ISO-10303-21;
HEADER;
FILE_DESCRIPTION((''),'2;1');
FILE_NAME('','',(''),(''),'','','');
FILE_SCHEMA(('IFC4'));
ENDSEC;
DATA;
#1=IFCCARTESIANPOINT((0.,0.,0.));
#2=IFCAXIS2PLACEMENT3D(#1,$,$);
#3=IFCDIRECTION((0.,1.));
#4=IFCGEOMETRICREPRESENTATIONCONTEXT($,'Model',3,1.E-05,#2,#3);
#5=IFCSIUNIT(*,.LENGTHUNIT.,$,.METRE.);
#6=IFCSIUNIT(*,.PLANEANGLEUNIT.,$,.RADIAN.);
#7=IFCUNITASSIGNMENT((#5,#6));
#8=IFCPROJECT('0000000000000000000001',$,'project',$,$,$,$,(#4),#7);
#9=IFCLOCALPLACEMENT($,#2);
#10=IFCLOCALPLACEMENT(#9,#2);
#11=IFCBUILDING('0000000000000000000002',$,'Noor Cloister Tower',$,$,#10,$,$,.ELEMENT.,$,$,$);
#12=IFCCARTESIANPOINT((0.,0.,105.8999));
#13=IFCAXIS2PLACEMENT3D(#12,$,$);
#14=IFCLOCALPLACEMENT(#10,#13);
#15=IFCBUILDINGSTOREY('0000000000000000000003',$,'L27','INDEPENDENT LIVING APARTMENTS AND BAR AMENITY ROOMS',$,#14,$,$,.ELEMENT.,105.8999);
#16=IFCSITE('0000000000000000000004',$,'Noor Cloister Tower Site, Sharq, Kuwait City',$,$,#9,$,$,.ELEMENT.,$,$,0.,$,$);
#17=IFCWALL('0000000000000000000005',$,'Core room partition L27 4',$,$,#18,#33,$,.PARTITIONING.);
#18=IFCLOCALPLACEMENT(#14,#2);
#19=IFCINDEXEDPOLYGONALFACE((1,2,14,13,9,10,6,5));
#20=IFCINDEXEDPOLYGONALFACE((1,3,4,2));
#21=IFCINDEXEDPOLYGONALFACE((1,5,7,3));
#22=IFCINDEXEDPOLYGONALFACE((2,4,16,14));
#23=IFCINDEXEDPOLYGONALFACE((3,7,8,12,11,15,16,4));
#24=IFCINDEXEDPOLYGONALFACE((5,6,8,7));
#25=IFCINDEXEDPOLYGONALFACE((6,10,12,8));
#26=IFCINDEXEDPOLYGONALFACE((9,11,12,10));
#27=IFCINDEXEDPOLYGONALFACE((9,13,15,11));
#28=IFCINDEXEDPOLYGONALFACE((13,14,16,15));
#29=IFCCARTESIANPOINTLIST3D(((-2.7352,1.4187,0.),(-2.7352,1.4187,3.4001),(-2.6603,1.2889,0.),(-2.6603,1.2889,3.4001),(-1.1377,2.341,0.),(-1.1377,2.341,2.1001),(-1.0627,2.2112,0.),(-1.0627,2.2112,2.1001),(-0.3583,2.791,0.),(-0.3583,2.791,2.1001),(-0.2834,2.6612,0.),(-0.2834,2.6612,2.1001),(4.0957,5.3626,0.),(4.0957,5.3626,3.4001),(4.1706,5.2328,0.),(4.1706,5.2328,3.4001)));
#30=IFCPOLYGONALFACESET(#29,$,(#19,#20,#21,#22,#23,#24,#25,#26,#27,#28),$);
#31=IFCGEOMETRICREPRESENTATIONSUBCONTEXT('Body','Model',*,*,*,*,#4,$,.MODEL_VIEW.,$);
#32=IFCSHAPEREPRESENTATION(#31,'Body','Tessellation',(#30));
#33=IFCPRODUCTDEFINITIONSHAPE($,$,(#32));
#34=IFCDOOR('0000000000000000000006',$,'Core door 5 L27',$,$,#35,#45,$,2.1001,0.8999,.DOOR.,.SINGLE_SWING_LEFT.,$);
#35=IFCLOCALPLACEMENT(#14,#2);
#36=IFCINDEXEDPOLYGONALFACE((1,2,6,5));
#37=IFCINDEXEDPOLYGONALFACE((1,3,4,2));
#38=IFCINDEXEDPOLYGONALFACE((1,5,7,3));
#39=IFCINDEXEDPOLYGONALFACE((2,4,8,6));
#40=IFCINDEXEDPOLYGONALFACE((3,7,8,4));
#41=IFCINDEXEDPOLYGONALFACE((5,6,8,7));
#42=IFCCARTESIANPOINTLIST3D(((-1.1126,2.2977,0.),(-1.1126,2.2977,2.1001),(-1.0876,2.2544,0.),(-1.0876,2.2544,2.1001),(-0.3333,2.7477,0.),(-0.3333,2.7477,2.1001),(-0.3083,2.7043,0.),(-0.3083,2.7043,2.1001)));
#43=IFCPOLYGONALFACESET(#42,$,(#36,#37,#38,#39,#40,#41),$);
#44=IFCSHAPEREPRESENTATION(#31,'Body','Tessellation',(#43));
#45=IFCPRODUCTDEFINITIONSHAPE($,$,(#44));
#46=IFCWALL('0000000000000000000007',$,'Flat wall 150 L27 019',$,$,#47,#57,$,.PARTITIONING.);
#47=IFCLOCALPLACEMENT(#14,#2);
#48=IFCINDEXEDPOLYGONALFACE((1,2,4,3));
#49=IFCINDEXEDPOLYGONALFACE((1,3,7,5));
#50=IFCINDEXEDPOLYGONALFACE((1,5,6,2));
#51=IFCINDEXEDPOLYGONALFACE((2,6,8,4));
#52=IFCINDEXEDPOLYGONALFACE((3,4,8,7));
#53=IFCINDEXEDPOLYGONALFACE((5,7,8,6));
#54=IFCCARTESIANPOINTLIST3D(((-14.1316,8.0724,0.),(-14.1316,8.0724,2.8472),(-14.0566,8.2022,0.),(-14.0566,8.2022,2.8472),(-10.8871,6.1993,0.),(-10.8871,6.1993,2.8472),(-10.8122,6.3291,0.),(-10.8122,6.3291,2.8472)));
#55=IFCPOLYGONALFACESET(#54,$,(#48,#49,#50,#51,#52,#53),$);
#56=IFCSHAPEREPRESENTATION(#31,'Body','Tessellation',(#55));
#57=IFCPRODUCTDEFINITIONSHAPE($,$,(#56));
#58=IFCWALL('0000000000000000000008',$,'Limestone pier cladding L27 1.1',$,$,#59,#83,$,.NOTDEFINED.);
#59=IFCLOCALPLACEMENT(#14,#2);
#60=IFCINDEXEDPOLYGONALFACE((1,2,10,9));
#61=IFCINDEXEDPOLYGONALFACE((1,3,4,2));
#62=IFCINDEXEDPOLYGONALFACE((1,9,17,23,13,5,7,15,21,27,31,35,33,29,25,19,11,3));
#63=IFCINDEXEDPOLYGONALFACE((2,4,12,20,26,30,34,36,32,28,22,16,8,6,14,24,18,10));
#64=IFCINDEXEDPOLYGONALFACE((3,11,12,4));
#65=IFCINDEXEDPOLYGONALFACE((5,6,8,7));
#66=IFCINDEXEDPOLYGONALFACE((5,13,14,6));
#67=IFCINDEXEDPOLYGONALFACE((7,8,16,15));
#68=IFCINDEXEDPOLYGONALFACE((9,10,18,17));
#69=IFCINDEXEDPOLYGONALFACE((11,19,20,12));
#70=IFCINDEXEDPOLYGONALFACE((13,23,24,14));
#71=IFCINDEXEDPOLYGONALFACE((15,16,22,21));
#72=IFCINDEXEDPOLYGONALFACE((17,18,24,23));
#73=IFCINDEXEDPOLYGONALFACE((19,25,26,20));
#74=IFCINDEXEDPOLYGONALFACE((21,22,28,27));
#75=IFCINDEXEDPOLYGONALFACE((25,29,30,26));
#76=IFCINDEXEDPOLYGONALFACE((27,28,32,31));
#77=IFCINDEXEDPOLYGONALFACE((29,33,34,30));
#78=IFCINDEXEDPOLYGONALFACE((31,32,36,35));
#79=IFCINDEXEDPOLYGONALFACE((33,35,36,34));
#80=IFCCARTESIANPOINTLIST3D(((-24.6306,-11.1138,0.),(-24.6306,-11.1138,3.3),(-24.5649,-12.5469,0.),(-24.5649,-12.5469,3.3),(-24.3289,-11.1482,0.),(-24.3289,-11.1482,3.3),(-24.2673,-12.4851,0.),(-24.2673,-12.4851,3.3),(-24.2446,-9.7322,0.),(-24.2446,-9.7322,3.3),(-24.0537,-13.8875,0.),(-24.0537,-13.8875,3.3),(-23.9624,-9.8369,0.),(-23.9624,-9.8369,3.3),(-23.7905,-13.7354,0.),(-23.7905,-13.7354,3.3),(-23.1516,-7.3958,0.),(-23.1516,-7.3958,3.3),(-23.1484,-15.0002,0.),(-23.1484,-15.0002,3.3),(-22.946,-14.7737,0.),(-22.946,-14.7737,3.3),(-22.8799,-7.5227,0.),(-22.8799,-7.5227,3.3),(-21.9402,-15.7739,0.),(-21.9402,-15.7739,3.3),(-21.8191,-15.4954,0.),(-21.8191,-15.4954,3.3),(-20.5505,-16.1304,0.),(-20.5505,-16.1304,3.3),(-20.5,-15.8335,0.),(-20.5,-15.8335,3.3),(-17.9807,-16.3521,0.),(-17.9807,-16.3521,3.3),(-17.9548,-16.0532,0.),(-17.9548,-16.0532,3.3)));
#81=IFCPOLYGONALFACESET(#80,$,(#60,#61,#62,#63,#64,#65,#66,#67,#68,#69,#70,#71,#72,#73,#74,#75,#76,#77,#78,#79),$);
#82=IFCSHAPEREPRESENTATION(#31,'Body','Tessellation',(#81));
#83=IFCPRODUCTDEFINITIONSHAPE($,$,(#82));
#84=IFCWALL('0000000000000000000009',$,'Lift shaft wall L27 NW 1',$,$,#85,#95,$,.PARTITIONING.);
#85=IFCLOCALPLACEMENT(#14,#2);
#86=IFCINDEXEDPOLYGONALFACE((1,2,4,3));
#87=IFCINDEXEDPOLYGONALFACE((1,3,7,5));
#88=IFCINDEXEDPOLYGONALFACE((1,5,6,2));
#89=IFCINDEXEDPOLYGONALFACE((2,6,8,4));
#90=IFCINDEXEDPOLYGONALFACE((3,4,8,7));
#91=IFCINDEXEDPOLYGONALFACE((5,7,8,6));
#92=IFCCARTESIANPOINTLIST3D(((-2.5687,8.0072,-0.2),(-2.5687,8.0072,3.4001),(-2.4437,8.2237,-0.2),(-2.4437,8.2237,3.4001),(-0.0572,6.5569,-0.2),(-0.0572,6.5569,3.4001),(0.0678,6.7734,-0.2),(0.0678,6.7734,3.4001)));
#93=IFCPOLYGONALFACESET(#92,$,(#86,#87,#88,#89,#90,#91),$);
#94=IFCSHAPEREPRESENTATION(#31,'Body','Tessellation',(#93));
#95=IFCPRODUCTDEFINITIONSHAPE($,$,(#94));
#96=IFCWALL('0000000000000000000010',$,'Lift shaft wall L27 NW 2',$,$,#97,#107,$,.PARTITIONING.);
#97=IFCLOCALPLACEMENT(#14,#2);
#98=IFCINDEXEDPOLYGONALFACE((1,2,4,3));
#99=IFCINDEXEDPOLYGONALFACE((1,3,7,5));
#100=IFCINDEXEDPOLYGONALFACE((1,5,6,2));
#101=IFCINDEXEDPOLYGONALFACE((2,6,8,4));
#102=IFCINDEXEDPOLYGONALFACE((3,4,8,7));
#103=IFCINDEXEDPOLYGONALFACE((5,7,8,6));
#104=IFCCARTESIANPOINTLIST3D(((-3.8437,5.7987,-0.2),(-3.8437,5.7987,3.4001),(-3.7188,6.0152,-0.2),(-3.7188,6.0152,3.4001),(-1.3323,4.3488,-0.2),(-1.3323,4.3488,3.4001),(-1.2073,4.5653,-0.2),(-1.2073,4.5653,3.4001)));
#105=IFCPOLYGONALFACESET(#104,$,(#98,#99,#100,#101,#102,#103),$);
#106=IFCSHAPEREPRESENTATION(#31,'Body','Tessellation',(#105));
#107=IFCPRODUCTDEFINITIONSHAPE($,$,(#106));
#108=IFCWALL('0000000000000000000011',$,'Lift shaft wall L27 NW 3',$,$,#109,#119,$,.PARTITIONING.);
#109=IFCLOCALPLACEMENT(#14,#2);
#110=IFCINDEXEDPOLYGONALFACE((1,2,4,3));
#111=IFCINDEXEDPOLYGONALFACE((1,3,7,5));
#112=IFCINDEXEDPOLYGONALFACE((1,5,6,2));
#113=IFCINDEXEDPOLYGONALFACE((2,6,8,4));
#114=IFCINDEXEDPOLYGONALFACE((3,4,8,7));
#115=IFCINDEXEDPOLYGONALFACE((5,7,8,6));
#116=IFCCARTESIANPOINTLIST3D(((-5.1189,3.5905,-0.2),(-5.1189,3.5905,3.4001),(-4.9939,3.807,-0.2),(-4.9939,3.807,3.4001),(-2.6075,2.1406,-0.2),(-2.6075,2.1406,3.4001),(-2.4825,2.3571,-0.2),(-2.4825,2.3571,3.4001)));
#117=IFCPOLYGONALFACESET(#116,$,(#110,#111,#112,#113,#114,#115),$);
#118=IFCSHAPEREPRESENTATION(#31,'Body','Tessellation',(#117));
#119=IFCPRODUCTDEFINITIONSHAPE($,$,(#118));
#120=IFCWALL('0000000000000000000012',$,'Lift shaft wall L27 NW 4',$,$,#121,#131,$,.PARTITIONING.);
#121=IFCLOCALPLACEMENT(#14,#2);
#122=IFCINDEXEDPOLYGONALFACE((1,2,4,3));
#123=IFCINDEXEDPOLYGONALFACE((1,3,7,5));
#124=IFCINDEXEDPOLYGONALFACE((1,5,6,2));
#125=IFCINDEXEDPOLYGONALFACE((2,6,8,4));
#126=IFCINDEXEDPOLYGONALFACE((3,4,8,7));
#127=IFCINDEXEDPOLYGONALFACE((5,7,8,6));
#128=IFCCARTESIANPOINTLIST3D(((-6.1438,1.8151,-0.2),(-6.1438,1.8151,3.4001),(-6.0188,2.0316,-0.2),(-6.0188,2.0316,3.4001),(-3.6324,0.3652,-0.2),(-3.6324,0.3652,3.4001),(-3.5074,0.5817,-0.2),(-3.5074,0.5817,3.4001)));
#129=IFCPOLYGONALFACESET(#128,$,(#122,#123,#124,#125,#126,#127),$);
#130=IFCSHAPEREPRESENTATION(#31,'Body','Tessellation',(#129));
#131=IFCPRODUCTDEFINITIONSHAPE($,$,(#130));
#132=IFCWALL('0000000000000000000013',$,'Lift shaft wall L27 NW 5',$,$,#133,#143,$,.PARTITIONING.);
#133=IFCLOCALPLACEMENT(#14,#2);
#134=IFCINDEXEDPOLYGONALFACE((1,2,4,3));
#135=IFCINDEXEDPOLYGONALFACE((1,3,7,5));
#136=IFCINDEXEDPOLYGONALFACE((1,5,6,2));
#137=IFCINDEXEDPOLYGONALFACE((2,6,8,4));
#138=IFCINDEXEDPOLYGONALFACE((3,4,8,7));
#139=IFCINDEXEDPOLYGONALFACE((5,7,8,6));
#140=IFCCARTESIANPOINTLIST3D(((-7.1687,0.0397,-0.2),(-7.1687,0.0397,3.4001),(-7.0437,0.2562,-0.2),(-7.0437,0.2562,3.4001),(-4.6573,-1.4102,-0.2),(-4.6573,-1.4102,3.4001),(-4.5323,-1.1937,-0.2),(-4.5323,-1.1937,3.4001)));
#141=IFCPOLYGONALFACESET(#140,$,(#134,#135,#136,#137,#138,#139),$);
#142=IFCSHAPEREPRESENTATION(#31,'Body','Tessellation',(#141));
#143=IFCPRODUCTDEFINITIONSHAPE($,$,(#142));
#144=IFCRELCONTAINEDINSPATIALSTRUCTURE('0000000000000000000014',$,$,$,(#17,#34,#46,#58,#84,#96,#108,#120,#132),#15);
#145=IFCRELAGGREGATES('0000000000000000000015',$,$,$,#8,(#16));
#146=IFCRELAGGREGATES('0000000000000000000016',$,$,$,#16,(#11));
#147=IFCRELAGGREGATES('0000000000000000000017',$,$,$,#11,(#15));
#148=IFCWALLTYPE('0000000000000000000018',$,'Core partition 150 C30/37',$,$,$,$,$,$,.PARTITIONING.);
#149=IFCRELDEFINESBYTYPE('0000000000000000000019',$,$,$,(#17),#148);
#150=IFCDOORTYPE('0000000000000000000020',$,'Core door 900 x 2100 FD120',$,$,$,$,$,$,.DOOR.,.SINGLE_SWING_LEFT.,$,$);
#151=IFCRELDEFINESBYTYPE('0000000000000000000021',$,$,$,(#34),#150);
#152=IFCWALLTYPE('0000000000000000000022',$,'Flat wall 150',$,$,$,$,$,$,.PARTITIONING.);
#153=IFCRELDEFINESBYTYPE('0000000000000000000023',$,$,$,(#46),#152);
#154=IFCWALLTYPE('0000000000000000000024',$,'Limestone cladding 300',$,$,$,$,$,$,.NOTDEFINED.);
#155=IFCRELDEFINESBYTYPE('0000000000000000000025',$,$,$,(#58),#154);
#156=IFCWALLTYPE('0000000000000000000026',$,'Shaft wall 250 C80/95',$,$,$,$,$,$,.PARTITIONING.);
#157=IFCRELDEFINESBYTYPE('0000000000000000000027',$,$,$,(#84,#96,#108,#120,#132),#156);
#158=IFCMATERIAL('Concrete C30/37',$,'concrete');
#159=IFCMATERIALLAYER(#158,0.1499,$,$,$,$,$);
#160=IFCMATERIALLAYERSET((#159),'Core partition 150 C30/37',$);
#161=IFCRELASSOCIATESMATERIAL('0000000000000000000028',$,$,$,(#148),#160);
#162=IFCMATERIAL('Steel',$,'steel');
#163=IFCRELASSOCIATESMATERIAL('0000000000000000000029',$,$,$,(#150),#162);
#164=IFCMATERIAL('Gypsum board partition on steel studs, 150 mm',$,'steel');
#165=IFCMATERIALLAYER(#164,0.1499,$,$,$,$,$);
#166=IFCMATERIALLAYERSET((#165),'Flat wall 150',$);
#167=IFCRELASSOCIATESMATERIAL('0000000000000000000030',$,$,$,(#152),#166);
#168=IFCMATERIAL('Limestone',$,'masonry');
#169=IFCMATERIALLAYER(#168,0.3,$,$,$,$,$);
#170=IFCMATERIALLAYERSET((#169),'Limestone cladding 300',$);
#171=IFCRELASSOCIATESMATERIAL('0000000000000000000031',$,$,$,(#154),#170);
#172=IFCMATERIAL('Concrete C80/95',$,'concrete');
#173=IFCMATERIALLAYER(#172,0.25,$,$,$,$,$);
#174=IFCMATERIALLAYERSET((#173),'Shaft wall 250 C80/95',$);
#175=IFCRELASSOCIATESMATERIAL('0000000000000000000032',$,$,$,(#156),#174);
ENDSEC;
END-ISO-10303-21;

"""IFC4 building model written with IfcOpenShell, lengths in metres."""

from ifc_helpers import new_model, si_unit, direction, frame, frame_2d, origin, place, context, subcontext, project, spatial, polyline, rectangle, outline, extrude, material, layer, layer_set, type_object, element, fill, save


model = new_model("IFC4")

# Units and contexts
model_context = context("Model", 3, precision=1e-05, world=origin(), true_north=direction((0.0, 1.0)))
body_context = subcontext(model_context, "Body", "Model", "MODEL_VIEW")
ifc_project = project(units=[si_unit("LENGTHUNIT", "METRE"), si_unit("PLANEANGLEUNIT", "RADIAN")], contexts=[model_context])

# Site, building, storey
site_placement = place(None, origin())
site = spatial("IfcSite", under=ifc_project, at=site_placement, Name="Noor Cloister Tower Site, Sharq, Kuwait City", CompositionType="ELEMENT", RefElevation=0.0)
building_placement = place(site_placement, origin())
building = spatial("IfcBuilding", under=site, at=building_placement, Name="Noor Cloister Tower", CompositionType="ELEMENT")
storey_placement = place(building_placement, frame((0.0, 0.0, 105.8999)))
storey = spatial("IfcBuildingStorey", under=building, at=storey_placement, Name="L27", Description="INDEPENDENT LIVING APARTMENTS AND BAR AMENITY ROOMS", CompositionType="ELEMENT", Elevation=105.8999)

# Wall, opening, door
ifc_material_1 = material(Name="Concrete C30/37", Category="concrete")
ifc_layer_1 = layer(ifc_material_1, 0.1499)
ifc_layer_set_1 = layer_set([ifc_layer_1], Name="Core partition 150 C30/37")
wall_type_1 = type_object("IfcWallType", Name="Core partition 150 C30/37", PredefinedType="PARTITIONING", material=ifc_layer_set_1)
wall_1_placement = place(storey_placement, frame((-2.6978, 1.3538, 0.0), z_axis=(0.0, 0.0, 1.0), x_axis=(0.866021, 0.500007, 0.0)))
wall_1 = element("IfcWall", 1, at=wall_1_placement, inside=storey, type_object=wall_type_1, Name="Core room partition L27 4", PredefinedType="PARTITIONING", context=body_context, shape_type="SweptSolid", body=[
    extrude(rectangle(XDim=7.8877, YDim=0.1499, at=frame_2d((3.9438, 0.0))), origin(), (0.0, 0.0, 1.0), 3.4001),
])
opening_1_placement = place(wall_1_placement, frame((1.8447, 0.0, 0.0)))
opening_1 = element("IfcOpeningElement", 2, at=opening_1_placement, cuts=wall_1, PredefinedType="OPENING", context=body_context, shape_type="SweptSolid", body=[
    extrude(rectangle(XDim=0.8999, YDim=2.1001, at=frame_2d((0.45, 1.05))), frame((0.0, 0.085, 0.0), z_axis=(0.0, -1.0, 0.0), x_axis=(1.0, 0.0, 0.0)), (0.0, 0.0, 1.0), 0.1699),
])
ifc_material_2 = material(Name="Steel", Category="steel")
door_type = type_object("IfcDoorType", Name="Core door 900 x 2100 FD120", OperationType="SINGLE_SWING_LEFT", PredefinedType="DOOR", material=ifc_material_2)
door_placement = place(opening_1_placement, origin())
door = element("IfcDoor", 3, at=door_placement, inside=storey, type_object=door_type, Name="Core door 5 L27", OperationType="SINGLE_SWING_LEFT", OverallHeight=2.1001, OverallWidth=0.8999, PredefinedType="DOOR", context=body_context, shape_type="SweptSolid", body=[
    extrude(rectangle(XDim=0.8999, YDim=2.1001, at=frame_2d((0.45, 1.05))), frame((0.0, 0.0249, 0.0), z_axis=(0.0, -1.0, 0.0), x_axis=(1.0, 0.0, 0.0)), (0.0, 0.0, 1.0), 0.05),
])
fill(opening_1, door)

# Walls
ifc_material_3 = material(Name="Gypsum board partition on steel studs, 150 mm", Category="steel")
ifc_layer_2 = layer(ifc_material_3, 0.1499)
ifc_layer_set_2 = layer_set([ifc_layer_2], Name="Flat wall 150")
wall_type_2 = type_object("IfcWallType", Name="Flat wall 150", PredefinedType="PARTITIONING", material=ifc_layer_set_2)
wall_2_placement = place(storey_placement, frame((-14.094, 8.1372, 0.0), z_axis=(0.0, 0.0, 1.0), x_axis=(0.866037, -0.49998, 0.0)))
element("IfcWall", 4, at=wall_2_placement, inside=storey, type_object=wall_type_2, Name="Flat wall 150 L27 019", PredefinedType="PARTITIONING", context=body_context, shape_type="SweptSolid", body=[
    extrude(rectangle(XDim=3.7463, YDim=0.1499, at=frame_2d((1.873, 0.0))), origin(), (0.0, 0.0, 1.0), 2.8472),
])
ifc_material_4 = material(Name="Limestone", Category="masonry")
ifc_layer_3 = layer(ifc_material_4, 0.3)
ifc_layer_set_3 = layer_set([ifc_layer_3], Name="Limestone cladding 300")
wall_type_3 = type_object("IfcWallType", Name="Limestone cladding 300", PredefinedType="NOTDEFINED", material=ifc_layer_set_3)
wall_3_placement = place(storey_placement, origin())
element("IfcWall", 5, at=wall_3_placement, inside=storey, type_object=wall_type_3, Name="Limestone pier cladding L27 1.1", PredefinedType="NOTDEFINED", context=body_context, shape_type="SweptSolid", body=[
    extrude(outline(polyline([(-23.1516, -7.3958), (-24.2446, -9.7322), (-24.6306, -11.1138), (-24.5649, -12.5469), (-24.0537, -13.8875), (-23.1484, -15.0002), (-21.9402, -15.7739), (-20.5505, -16.1304), (-17.9807, -16.3521), (-17.9548, -16.0532), (-20.5, -15.8335), (-21.8191, -15.4954), (-22.946, -14.7737), (-23.7905, -13.7354), (-24.2673, -12.4851), (-24.3289, -11.1482), (-23.9624, -9.8369), (-22.8799, -7.5227), (-23.1516, -7.3958)])), origin(), (0.0, 0.0, 1.0), 3.3),
])
ifc_material_5 = material(Name="Concrete C80/95", Category="concrete")
ifc_layer_4 = layer(ifc_material_5, 0.25)
ifc_layer_set_4 = layer_set([ifc_layer_4], Name="Shaft wall 250 C80/95")
wall_type_4 = type_object("IfcWallType", Name="Shaft wall 250 C80/95", PredefinedType="PARTITIONING", material=ifc_layer_set_4)
wall_4_placement = place(storey_placement, frame((-2.5063, 8.1155, -0.2), z_axis=(0.0, 0.0, 1.0), x_axis=(0.865996, -0.50005, 0.0)))
element("IfcWall", 6, at=wall_4_placement, inside=storey, type_object=wall_type_4, Name="Lift shaft wall L27 NW 1", PredefinedType="PARTITIONING", context=body_context, shape_type="SweptSolid", body=[
    extrude(rectangle(XDim=2.9001, YDim=0.25, at=frame_2d((1.4502, 0.0))), origin(), (0.0, 0.0, 1.0), 3.6001),
])
for number, where, z_axis, x_axis, name in (
    (7, (-3.7812, 5.907, -0.2), (0.0, 0.0, 1.0), (0.866033, -0.499987, 0.0), "Lift shaft wall L27 NW 2"),
    (8, (-5.0564, 3.6987, -0.2), (0.0, 0.0, 1.0), (0.866033, -0.499987, 0.0), "Lift shaft wall L27 NW 3"),
    (9, (-6.0813, 1.9233, -0.2), (0.0, 0.0, 1.0), (0.866033, -0.499987, 0.0), "Lift shaft wall L27 NW 4"),
    (10, (-7.1062, 0.1479, -0.2), (0.0, 0.0, 1.0), (0.866033, -0.499987, 0.0), "Lift shaft wall L27 NW 5"),
):
    element("IfcWall", number, at=place(storey_placement, frame(where, z_axis=z_axis, x_axis=x_axis)), inside=storey, type_object=wall_type_4, Name=name, PredefinedType="PARTITIONING", context=body_context, shape_type="SweptSolid", body=[
        extrude(rectangle(XDim=2.8999, YDim=0.25, at=frame_2d((1.45, 0.0))), origin(), (0.0, 0.0, 1.0), 3.6001),
    ])

save(model, "model.ifc")
